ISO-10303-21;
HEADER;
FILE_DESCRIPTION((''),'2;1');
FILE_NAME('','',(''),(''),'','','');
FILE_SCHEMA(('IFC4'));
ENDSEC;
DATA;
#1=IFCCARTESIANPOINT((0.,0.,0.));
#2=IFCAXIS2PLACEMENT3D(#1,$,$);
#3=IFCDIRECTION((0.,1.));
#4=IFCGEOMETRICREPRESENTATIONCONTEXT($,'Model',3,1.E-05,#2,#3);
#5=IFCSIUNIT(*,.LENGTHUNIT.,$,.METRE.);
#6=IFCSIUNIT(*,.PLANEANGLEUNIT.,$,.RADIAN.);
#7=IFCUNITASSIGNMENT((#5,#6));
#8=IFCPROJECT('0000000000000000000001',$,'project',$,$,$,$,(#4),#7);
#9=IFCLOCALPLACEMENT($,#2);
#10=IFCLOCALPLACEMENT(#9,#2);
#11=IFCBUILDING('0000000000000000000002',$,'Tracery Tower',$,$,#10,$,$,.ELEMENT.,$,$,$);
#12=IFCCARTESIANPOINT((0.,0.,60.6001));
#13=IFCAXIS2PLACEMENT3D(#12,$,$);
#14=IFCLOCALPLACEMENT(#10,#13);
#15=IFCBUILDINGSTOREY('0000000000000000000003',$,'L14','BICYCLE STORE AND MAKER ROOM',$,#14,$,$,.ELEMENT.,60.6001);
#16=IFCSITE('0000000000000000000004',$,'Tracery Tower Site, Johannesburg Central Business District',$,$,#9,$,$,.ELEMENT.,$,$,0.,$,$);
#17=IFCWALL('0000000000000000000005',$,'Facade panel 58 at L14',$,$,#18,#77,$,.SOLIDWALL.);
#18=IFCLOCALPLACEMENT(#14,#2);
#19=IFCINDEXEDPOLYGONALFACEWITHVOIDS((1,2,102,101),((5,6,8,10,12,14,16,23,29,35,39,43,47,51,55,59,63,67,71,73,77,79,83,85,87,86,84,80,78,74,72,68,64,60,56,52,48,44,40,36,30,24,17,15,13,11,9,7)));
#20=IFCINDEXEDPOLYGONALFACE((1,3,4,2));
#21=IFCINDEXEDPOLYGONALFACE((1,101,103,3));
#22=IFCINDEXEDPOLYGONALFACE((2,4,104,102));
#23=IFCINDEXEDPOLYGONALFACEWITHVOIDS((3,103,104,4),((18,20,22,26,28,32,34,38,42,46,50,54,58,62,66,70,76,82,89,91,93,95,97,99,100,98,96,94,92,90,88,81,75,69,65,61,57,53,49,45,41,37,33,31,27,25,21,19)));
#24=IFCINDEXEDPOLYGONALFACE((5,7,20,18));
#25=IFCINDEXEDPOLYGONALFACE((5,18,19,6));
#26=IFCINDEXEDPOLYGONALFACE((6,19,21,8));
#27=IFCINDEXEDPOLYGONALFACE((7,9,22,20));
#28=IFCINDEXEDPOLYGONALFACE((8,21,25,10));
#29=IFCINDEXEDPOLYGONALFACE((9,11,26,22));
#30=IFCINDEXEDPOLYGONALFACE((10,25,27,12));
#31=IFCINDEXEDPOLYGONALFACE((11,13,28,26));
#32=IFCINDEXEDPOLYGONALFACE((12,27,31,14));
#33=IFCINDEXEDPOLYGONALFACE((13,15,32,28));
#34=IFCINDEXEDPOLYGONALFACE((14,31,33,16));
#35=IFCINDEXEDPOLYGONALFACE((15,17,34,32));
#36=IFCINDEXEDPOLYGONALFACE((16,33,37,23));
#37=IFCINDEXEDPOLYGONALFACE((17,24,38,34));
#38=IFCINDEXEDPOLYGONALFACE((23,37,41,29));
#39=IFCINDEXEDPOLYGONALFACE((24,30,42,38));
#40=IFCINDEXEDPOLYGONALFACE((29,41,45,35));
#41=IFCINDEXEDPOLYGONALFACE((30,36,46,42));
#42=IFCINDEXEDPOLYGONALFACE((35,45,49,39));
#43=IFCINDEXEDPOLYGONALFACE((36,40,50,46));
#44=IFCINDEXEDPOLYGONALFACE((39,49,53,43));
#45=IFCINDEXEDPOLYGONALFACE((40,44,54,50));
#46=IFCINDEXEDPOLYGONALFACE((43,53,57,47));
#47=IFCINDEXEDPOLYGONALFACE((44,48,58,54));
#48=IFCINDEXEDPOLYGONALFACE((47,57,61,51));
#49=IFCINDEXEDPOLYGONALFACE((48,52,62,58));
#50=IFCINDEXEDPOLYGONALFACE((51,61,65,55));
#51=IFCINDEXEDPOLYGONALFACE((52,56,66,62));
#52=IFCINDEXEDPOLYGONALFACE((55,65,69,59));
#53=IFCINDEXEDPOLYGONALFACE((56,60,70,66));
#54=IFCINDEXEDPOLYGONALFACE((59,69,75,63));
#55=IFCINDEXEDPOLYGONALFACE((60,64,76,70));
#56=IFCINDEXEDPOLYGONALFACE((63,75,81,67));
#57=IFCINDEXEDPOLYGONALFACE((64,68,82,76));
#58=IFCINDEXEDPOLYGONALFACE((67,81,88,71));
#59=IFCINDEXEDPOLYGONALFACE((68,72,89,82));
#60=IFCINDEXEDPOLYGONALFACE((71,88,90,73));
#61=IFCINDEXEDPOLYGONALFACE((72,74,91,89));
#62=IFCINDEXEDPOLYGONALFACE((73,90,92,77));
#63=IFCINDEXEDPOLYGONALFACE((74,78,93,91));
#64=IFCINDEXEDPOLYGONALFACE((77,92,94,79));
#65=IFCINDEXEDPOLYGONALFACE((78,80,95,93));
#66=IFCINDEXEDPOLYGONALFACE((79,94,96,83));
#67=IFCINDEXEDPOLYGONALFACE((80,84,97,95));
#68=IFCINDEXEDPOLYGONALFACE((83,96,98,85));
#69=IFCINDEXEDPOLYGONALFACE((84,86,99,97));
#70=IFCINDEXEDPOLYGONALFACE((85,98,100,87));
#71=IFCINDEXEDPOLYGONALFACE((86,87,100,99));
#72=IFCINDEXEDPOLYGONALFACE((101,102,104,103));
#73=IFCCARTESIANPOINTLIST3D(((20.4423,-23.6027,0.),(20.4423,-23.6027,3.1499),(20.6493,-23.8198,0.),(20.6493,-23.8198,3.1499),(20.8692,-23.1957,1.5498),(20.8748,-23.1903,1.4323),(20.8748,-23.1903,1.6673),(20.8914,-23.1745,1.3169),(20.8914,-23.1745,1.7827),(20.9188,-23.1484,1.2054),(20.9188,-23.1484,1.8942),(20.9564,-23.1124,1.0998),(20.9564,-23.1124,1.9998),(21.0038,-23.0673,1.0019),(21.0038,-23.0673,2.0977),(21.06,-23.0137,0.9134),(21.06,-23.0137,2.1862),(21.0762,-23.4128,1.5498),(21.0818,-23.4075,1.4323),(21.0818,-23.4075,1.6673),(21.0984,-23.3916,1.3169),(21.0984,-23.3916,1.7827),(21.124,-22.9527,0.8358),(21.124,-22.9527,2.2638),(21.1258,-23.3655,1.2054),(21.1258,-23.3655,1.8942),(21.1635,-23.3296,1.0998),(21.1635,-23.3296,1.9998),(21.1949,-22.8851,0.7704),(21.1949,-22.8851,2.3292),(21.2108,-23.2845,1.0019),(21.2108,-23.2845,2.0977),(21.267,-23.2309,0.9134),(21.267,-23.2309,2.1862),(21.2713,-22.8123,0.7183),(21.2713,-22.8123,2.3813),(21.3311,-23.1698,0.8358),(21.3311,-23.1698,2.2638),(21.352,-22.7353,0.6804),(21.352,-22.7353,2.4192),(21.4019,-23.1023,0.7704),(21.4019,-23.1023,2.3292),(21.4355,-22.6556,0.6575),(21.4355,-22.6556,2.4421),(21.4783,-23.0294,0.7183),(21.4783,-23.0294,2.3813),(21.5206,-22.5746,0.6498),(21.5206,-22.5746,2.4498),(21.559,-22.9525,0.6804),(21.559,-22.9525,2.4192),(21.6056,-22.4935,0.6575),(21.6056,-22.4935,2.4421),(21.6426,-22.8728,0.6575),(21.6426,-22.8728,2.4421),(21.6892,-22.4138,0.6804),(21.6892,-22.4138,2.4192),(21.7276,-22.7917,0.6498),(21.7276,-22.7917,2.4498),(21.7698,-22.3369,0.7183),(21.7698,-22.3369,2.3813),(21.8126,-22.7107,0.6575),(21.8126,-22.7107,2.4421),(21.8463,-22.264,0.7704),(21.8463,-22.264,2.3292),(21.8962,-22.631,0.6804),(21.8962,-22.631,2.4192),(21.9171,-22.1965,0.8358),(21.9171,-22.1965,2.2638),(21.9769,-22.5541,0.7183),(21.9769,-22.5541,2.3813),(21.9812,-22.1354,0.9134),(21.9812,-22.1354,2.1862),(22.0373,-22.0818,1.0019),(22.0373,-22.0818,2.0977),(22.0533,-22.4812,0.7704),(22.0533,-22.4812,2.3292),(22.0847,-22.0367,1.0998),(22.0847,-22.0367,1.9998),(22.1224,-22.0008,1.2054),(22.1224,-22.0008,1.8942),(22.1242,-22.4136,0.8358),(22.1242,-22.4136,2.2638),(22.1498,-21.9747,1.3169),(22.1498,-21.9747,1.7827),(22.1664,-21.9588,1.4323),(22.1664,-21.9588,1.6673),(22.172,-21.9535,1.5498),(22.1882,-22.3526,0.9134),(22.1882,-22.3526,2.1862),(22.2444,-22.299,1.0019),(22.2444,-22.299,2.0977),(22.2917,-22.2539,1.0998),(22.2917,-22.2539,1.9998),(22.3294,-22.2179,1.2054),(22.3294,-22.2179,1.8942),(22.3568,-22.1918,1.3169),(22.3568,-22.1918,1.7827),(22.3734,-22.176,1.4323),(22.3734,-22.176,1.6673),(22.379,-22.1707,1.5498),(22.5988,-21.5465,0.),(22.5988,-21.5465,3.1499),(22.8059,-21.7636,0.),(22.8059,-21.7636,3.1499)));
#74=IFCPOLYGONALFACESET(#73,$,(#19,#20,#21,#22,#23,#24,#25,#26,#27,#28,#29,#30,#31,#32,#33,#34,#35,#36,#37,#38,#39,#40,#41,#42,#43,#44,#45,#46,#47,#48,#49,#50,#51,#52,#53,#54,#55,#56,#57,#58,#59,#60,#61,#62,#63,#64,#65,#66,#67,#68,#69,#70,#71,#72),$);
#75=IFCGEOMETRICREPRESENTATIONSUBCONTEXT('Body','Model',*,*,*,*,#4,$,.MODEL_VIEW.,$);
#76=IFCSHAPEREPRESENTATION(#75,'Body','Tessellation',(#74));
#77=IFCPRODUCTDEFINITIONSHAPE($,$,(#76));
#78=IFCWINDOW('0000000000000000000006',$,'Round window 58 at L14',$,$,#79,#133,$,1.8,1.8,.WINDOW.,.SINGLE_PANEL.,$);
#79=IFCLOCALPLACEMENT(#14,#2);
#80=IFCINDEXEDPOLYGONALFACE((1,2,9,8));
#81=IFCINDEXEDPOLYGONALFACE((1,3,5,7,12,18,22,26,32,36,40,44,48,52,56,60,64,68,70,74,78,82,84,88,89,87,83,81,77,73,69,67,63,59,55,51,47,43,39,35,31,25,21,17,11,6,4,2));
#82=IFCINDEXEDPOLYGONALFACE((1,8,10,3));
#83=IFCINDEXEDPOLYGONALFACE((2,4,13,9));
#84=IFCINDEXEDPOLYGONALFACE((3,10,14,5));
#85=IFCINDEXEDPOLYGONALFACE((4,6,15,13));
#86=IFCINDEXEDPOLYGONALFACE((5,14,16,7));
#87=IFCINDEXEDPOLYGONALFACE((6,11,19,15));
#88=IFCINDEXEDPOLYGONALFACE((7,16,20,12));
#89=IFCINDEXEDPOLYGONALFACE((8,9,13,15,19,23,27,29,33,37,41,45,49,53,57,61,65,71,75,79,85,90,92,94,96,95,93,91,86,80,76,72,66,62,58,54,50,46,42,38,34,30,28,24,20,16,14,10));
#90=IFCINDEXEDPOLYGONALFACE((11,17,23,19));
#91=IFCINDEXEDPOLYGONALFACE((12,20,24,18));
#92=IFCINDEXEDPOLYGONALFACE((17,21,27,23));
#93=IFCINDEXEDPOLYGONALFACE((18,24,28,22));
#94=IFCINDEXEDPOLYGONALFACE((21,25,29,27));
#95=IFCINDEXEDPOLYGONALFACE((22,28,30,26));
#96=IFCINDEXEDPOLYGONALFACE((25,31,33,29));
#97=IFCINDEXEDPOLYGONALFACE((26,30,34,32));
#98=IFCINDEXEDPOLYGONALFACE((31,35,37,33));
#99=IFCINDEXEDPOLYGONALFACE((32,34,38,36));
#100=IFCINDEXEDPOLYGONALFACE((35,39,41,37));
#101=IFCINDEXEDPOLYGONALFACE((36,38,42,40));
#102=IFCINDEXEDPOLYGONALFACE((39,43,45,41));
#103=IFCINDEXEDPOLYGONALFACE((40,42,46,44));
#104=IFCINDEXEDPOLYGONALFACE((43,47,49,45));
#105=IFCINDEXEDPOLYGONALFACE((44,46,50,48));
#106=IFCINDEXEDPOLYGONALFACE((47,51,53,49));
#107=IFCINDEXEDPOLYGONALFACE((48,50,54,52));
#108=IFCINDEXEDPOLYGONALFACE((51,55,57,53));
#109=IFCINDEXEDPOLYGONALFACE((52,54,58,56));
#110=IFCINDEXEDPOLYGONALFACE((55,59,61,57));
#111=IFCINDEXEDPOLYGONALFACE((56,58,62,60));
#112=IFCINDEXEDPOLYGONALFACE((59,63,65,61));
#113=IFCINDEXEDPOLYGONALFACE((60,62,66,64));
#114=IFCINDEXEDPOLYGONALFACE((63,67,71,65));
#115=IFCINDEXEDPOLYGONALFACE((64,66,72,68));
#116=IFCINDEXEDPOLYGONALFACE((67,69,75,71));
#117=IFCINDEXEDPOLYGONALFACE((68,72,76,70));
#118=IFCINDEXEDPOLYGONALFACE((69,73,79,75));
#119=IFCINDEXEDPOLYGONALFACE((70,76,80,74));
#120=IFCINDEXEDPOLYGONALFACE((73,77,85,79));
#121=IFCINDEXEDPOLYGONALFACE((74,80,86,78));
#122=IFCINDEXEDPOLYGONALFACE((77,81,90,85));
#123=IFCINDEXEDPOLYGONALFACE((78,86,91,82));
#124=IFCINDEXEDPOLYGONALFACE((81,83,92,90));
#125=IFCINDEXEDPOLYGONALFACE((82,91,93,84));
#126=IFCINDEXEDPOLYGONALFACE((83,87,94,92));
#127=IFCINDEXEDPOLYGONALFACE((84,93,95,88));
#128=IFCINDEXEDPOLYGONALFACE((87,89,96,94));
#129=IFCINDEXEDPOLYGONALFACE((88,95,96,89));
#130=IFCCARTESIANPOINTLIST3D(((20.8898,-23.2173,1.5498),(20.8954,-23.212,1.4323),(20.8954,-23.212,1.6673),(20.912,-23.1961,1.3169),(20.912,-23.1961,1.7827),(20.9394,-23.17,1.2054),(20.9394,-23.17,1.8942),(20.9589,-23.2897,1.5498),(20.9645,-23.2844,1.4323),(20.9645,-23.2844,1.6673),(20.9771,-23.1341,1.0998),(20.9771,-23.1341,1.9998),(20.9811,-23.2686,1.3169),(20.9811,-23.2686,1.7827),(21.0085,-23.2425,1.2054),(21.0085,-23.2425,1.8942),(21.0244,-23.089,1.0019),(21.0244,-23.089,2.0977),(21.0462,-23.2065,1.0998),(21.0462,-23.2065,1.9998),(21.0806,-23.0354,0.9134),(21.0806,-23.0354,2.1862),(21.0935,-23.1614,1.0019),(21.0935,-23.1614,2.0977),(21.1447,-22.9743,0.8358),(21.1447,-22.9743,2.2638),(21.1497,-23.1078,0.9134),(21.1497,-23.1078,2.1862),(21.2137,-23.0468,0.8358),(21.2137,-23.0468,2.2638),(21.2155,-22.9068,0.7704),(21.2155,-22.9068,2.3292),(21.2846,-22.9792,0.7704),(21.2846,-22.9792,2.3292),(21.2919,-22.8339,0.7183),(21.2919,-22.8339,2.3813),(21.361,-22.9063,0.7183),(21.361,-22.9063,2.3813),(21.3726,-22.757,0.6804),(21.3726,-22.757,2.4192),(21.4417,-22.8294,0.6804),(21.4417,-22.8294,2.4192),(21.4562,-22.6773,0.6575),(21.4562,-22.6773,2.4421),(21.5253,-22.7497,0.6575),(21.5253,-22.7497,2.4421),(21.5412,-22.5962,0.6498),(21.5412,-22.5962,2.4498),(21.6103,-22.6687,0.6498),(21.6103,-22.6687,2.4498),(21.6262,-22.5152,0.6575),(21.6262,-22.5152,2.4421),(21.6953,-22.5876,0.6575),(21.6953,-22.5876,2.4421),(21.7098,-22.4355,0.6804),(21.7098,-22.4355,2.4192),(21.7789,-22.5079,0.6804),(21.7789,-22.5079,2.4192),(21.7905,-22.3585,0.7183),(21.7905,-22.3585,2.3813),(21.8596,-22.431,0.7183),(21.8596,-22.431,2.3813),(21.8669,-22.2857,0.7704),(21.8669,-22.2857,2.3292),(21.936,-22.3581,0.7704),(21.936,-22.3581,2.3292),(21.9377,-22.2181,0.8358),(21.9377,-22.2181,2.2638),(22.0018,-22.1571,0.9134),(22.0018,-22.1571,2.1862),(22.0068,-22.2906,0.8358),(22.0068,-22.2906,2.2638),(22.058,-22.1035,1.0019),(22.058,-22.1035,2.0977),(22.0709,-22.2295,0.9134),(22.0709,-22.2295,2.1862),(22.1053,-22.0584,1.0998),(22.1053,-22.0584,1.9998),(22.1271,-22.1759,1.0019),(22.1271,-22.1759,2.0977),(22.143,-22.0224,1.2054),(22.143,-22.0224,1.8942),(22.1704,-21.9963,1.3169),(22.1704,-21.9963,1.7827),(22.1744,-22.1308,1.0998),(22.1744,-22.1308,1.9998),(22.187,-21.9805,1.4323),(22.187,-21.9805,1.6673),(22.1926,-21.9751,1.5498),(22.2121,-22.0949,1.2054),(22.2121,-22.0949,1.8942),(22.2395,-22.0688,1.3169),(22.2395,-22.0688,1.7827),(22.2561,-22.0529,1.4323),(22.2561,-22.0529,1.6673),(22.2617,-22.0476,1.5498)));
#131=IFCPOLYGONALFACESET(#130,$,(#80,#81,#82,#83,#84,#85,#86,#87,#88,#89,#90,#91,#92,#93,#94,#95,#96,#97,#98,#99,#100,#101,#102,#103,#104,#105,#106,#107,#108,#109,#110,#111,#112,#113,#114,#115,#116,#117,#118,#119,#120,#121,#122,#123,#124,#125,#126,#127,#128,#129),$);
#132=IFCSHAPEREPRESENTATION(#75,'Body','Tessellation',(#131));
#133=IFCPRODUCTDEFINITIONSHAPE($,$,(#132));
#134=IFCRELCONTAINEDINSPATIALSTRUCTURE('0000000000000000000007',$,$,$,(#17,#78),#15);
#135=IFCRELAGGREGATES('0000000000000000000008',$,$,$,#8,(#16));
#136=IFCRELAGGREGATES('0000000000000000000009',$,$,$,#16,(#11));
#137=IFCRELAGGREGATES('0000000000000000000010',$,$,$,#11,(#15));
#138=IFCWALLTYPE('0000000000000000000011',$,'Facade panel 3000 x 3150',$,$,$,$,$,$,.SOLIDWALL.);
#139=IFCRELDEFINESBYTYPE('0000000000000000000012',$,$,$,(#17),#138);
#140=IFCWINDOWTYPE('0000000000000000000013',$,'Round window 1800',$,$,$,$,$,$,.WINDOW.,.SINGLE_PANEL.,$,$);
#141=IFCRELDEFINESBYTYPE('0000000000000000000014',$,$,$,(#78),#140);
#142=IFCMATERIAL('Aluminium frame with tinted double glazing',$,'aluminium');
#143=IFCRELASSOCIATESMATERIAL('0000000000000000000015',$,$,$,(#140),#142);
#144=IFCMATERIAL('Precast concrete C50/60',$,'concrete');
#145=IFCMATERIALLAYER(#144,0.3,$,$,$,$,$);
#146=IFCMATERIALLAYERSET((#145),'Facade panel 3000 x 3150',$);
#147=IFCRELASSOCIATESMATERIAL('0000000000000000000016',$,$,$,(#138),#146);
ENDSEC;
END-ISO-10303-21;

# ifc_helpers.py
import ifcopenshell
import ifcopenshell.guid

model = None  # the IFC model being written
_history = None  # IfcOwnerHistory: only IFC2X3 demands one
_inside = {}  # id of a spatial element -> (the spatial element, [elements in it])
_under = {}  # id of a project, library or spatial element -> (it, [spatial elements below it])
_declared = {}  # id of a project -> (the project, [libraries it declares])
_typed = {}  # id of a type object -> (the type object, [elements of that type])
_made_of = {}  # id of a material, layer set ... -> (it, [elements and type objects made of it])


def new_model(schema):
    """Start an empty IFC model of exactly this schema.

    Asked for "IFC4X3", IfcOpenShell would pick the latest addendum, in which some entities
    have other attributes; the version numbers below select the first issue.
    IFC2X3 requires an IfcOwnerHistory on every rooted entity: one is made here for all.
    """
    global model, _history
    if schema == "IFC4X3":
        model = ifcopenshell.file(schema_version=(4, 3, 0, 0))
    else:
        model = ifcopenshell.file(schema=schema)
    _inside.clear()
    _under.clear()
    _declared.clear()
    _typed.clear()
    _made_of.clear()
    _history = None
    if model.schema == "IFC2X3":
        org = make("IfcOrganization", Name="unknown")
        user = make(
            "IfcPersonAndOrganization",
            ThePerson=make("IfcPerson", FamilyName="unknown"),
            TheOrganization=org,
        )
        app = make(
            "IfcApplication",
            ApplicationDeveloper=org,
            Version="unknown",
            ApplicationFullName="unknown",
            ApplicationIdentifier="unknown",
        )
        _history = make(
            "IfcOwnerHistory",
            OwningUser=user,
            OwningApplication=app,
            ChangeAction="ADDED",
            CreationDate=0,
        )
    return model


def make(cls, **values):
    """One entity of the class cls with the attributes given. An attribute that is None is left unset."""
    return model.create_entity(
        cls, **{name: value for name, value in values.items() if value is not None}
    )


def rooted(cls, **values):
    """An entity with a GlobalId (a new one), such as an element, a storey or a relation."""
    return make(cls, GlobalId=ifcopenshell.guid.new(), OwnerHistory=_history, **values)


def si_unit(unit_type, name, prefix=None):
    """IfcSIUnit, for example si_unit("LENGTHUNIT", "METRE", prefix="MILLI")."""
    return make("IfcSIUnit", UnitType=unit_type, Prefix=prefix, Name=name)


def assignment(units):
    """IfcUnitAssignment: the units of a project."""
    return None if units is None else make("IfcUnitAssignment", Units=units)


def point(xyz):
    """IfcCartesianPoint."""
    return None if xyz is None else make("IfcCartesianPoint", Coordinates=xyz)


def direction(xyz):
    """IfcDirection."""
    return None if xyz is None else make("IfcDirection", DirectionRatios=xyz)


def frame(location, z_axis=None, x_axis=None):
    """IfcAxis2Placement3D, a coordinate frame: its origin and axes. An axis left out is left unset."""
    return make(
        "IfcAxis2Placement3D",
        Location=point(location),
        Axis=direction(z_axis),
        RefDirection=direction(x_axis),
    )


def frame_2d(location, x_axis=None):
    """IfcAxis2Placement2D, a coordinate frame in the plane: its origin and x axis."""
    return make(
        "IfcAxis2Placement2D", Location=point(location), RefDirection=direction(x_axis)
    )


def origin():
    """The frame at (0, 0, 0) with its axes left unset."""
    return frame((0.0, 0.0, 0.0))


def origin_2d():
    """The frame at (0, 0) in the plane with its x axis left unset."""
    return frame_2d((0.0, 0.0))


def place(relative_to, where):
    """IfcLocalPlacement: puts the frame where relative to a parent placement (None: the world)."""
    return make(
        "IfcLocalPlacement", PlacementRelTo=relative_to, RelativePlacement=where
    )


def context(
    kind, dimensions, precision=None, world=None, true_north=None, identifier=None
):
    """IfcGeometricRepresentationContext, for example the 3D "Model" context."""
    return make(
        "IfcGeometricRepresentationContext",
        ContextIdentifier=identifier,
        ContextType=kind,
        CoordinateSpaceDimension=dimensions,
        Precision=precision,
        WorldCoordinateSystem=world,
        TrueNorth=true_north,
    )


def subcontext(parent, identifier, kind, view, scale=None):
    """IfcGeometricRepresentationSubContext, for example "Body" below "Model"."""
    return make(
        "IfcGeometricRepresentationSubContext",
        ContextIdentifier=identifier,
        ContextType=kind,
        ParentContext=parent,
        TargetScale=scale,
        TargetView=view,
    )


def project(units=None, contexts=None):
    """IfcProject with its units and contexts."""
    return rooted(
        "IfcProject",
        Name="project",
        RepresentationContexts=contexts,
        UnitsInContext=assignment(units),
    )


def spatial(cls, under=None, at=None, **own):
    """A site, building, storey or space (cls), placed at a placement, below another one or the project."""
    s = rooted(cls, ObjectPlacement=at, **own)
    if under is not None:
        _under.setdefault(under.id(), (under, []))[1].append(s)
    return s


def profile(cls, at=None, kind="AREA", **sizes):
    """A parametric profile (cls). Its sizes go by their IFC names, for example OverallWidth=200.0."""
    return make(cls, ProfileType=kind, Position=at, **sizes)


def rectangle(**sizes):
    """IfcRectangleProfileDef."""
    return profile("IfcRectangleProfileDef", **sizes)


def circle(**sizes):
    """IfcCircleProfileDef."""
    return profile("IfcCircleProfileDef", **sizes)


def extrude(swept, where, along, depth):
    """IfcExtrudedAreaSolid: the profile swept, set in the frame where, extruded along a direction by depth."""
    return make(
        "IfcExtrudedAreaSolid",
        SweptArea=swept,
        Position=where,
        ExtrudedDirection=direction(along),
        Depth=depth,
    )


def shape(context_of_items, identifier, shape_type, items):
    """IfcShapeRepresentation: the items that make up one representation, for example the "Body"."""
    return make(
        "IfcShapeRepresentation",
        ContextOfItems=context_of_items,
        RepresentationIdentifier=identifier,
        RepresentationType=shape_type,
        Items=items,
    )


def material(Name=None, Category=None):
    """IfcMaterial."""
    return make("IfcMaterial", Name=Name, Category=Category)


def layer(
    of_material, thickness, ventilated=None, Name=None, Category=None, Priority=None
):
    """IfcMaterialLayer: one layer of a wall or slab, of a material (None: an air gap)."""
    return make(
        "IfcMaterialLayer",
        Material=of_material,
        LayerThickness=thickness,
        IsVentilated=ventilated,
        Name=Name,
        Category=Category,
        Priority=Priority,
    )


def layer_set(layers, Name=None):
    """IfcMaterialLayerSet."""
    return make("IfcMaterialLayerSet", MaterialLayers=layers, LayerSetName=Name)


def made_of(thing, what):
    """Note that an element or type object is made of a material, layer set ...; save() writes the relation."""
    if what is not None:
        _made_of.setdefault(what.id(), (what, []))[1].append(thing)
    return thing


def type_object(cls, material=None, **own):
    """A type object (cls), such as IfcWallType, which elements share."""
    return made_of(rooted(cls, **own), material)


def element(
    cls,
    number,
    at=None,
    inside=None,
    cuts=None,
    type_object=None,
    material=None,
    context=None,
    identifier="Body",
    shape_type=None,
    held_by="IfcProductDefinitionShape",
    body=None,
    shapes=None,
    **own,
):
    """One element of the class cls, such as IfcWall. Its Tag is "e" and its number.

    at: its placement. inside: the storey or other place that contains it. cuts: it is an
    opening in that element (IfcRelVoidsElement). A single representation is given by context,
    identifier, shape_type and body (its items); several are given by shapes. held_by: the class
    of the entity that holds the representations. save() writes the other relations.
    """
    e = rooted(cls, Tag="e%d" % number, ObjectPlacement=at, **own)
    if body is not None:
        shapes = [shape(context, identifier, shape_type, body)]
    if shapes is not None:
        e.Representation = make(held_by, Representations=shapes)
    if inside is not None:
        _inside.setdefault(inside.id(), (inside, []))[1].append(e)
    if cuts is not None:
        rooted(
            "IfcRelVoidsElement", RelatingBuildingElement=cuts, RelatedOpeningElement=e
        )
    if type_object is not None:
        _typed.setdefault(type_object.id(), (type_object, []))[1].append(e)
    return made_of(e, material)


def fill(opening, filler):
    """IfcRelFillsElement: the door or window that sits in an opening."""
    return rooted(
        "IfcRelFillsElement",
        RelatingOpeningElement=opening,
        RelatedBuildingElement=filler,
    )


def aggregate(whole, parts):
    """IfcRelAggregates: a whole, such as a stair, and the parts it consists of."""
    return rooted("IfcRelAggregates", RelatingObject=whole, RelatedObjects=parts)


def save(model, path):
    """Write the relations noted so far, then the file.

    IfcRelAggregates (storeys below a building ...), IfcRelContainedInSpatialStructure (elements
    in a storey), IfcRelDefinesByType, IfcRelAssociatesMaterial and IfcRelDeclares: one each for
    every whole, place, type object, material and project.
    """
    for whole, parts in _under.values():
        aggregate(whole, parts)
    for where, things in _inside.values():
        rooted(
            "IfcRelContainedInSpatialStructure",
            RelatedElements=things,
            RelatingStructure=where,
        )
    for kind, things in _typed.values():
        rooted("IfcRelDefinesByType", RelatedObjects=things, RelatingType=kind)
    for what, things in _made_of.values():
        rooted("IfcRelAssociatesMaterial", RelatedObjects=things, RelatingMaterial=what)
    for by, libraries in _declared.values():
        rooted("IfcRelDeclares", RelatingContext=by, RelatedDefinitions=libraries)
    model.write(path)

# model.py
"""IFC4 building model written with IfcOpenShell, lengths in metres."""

from ifc_helpers import new_model, si_unit, direction, frame, frame_2d, origin, origin_2d, place, context, subcontext, project, spatial, rectangle, circle, extrude, material, layer, layer_set, type_object, element, fill, save


model = new_model("IFC4")

# Units and contexts
model_context = context("Model", 3, precision=1e-05, world=origin(), true_north=direction((0.0, 1.0)))
body_context = subcontext(model_context, "Body", "Model", "MODEL_VIEW")
ifc_project = project(units=[si_unit("LENGTHUNIT", "METRE"), si_unit("PLANEANGLEUNIT", "RADIAN")], contexts=[model_context])

# Site, building, storey
site_placement = place(None, origin())
site = spatial("IfcSite", under=ifc_project, at=site_placement, Name="Tracery Tower Site, Johannesburg Central Business District", CompositionType="ELEMENT", RefElevation=0.0)
building_placement = place(site_placement, origin())
building = spatial("IfcBuilding", under=site, at=building_placement, Name="Tracery Tower", CompositionType="ELEMENT")
storey_placement = place(building_placement, frame((0.0, 0.0, 60.6001)))
storey = spatial("IfcBuildingStorey", under=building, at=storey_placement, Name="L14", Description="BICYCLE STORE AND MAKER ROOM", CompositionType="ELEMENT", Elevation=60.6001)

# Wall, opening, window
ifc_material_1 = material(Name="Aluminium frame with tinted double glazing", Category="aluminium")
window_type = type_object("IfcWindowType", Name="Round window 1800", PartitioningType="SINGLE_PANEL", PredefinedType="WINDOW", material=ifc_material_1)
ifc_material_2 = material(Name="Precast concrete C50/60", Category="concrete")
ifc_layer_1 = layer(ifc_material_2, 0.3)
ifc_layer_set_1 = layer_set([ifc_layer_1], Name="Facade panel 3000 x 3150")
wall_type_1 = type_object("IfcWallType", Name="Facade panel 3000 x 3150", PredefinedType="SOLIDWALL", material=ifc_layer_set_1)
wall_1_placement = place(storey_placement, frame((20.5459, -23.7112, 0.0), z_axis=(0.0, 0.0, 1.0), x_axis=(0.723744, 0.690068, 0.0)))
wall_1 = element("IfcWall", 1, at=wall_1_placement, inside=storey, type_object=wall_type_1, Name="Facade panel 58 at L14", PredefinedType="SOLIDWALL", context=body_context, shape_type="SweptSolid", body=[
    extrude(rectangle(XDim=2.9797, YDim=0.3, at=frame_2d((1.4897, 0.0))), origin(), (0.0, 0.0, 1.0), 3.1499),
])
opening_1_placement = place(wall_1_placement, frame((1.4897, 0.0, 1.5498)))
opening_1 = element("IfcOpeningElement", 2, at=opening_1_placement, cuts=wall_1, PredefinedType="OPENING", context=body_context, shape_type="SweptSolid", body=[
    extrude(circle(Radius=0.9, at=origin_2d()), frame((0.0, 0.1599, 0.0), z_axis=(0.0, -1.0, 0.0), x_axis=(1.0, 0.0, 0.0)), (0.0, 0.0, 1.0), 0.3201),
])
window_1_placement = place(opening_1_placement, origin())
window_1 = element("IfcWindow", 3, at=window_1_placement, inside=storey, type_object=window_type, Name="Round window 58 at L14", OverallHeight=1.8, OverallWidth=1.8, PartitioningType="SINGLE_PANEL", PredefinedType="WINDOW", context=body_context, shape_type="SweptSolid", body=[
    extrude(circle(Radius=0.9, at=origin_2d()), frame((0.0, 0.1201, 0.0), z_axis=(0.0, -1.0, 0.0), x_axis=(1.0, 0.0, 0.0)), (0.0, 0.0, 1.0), 0.1001),
])
fill(opening_1, window_1)

save(model, "model.ifc")
